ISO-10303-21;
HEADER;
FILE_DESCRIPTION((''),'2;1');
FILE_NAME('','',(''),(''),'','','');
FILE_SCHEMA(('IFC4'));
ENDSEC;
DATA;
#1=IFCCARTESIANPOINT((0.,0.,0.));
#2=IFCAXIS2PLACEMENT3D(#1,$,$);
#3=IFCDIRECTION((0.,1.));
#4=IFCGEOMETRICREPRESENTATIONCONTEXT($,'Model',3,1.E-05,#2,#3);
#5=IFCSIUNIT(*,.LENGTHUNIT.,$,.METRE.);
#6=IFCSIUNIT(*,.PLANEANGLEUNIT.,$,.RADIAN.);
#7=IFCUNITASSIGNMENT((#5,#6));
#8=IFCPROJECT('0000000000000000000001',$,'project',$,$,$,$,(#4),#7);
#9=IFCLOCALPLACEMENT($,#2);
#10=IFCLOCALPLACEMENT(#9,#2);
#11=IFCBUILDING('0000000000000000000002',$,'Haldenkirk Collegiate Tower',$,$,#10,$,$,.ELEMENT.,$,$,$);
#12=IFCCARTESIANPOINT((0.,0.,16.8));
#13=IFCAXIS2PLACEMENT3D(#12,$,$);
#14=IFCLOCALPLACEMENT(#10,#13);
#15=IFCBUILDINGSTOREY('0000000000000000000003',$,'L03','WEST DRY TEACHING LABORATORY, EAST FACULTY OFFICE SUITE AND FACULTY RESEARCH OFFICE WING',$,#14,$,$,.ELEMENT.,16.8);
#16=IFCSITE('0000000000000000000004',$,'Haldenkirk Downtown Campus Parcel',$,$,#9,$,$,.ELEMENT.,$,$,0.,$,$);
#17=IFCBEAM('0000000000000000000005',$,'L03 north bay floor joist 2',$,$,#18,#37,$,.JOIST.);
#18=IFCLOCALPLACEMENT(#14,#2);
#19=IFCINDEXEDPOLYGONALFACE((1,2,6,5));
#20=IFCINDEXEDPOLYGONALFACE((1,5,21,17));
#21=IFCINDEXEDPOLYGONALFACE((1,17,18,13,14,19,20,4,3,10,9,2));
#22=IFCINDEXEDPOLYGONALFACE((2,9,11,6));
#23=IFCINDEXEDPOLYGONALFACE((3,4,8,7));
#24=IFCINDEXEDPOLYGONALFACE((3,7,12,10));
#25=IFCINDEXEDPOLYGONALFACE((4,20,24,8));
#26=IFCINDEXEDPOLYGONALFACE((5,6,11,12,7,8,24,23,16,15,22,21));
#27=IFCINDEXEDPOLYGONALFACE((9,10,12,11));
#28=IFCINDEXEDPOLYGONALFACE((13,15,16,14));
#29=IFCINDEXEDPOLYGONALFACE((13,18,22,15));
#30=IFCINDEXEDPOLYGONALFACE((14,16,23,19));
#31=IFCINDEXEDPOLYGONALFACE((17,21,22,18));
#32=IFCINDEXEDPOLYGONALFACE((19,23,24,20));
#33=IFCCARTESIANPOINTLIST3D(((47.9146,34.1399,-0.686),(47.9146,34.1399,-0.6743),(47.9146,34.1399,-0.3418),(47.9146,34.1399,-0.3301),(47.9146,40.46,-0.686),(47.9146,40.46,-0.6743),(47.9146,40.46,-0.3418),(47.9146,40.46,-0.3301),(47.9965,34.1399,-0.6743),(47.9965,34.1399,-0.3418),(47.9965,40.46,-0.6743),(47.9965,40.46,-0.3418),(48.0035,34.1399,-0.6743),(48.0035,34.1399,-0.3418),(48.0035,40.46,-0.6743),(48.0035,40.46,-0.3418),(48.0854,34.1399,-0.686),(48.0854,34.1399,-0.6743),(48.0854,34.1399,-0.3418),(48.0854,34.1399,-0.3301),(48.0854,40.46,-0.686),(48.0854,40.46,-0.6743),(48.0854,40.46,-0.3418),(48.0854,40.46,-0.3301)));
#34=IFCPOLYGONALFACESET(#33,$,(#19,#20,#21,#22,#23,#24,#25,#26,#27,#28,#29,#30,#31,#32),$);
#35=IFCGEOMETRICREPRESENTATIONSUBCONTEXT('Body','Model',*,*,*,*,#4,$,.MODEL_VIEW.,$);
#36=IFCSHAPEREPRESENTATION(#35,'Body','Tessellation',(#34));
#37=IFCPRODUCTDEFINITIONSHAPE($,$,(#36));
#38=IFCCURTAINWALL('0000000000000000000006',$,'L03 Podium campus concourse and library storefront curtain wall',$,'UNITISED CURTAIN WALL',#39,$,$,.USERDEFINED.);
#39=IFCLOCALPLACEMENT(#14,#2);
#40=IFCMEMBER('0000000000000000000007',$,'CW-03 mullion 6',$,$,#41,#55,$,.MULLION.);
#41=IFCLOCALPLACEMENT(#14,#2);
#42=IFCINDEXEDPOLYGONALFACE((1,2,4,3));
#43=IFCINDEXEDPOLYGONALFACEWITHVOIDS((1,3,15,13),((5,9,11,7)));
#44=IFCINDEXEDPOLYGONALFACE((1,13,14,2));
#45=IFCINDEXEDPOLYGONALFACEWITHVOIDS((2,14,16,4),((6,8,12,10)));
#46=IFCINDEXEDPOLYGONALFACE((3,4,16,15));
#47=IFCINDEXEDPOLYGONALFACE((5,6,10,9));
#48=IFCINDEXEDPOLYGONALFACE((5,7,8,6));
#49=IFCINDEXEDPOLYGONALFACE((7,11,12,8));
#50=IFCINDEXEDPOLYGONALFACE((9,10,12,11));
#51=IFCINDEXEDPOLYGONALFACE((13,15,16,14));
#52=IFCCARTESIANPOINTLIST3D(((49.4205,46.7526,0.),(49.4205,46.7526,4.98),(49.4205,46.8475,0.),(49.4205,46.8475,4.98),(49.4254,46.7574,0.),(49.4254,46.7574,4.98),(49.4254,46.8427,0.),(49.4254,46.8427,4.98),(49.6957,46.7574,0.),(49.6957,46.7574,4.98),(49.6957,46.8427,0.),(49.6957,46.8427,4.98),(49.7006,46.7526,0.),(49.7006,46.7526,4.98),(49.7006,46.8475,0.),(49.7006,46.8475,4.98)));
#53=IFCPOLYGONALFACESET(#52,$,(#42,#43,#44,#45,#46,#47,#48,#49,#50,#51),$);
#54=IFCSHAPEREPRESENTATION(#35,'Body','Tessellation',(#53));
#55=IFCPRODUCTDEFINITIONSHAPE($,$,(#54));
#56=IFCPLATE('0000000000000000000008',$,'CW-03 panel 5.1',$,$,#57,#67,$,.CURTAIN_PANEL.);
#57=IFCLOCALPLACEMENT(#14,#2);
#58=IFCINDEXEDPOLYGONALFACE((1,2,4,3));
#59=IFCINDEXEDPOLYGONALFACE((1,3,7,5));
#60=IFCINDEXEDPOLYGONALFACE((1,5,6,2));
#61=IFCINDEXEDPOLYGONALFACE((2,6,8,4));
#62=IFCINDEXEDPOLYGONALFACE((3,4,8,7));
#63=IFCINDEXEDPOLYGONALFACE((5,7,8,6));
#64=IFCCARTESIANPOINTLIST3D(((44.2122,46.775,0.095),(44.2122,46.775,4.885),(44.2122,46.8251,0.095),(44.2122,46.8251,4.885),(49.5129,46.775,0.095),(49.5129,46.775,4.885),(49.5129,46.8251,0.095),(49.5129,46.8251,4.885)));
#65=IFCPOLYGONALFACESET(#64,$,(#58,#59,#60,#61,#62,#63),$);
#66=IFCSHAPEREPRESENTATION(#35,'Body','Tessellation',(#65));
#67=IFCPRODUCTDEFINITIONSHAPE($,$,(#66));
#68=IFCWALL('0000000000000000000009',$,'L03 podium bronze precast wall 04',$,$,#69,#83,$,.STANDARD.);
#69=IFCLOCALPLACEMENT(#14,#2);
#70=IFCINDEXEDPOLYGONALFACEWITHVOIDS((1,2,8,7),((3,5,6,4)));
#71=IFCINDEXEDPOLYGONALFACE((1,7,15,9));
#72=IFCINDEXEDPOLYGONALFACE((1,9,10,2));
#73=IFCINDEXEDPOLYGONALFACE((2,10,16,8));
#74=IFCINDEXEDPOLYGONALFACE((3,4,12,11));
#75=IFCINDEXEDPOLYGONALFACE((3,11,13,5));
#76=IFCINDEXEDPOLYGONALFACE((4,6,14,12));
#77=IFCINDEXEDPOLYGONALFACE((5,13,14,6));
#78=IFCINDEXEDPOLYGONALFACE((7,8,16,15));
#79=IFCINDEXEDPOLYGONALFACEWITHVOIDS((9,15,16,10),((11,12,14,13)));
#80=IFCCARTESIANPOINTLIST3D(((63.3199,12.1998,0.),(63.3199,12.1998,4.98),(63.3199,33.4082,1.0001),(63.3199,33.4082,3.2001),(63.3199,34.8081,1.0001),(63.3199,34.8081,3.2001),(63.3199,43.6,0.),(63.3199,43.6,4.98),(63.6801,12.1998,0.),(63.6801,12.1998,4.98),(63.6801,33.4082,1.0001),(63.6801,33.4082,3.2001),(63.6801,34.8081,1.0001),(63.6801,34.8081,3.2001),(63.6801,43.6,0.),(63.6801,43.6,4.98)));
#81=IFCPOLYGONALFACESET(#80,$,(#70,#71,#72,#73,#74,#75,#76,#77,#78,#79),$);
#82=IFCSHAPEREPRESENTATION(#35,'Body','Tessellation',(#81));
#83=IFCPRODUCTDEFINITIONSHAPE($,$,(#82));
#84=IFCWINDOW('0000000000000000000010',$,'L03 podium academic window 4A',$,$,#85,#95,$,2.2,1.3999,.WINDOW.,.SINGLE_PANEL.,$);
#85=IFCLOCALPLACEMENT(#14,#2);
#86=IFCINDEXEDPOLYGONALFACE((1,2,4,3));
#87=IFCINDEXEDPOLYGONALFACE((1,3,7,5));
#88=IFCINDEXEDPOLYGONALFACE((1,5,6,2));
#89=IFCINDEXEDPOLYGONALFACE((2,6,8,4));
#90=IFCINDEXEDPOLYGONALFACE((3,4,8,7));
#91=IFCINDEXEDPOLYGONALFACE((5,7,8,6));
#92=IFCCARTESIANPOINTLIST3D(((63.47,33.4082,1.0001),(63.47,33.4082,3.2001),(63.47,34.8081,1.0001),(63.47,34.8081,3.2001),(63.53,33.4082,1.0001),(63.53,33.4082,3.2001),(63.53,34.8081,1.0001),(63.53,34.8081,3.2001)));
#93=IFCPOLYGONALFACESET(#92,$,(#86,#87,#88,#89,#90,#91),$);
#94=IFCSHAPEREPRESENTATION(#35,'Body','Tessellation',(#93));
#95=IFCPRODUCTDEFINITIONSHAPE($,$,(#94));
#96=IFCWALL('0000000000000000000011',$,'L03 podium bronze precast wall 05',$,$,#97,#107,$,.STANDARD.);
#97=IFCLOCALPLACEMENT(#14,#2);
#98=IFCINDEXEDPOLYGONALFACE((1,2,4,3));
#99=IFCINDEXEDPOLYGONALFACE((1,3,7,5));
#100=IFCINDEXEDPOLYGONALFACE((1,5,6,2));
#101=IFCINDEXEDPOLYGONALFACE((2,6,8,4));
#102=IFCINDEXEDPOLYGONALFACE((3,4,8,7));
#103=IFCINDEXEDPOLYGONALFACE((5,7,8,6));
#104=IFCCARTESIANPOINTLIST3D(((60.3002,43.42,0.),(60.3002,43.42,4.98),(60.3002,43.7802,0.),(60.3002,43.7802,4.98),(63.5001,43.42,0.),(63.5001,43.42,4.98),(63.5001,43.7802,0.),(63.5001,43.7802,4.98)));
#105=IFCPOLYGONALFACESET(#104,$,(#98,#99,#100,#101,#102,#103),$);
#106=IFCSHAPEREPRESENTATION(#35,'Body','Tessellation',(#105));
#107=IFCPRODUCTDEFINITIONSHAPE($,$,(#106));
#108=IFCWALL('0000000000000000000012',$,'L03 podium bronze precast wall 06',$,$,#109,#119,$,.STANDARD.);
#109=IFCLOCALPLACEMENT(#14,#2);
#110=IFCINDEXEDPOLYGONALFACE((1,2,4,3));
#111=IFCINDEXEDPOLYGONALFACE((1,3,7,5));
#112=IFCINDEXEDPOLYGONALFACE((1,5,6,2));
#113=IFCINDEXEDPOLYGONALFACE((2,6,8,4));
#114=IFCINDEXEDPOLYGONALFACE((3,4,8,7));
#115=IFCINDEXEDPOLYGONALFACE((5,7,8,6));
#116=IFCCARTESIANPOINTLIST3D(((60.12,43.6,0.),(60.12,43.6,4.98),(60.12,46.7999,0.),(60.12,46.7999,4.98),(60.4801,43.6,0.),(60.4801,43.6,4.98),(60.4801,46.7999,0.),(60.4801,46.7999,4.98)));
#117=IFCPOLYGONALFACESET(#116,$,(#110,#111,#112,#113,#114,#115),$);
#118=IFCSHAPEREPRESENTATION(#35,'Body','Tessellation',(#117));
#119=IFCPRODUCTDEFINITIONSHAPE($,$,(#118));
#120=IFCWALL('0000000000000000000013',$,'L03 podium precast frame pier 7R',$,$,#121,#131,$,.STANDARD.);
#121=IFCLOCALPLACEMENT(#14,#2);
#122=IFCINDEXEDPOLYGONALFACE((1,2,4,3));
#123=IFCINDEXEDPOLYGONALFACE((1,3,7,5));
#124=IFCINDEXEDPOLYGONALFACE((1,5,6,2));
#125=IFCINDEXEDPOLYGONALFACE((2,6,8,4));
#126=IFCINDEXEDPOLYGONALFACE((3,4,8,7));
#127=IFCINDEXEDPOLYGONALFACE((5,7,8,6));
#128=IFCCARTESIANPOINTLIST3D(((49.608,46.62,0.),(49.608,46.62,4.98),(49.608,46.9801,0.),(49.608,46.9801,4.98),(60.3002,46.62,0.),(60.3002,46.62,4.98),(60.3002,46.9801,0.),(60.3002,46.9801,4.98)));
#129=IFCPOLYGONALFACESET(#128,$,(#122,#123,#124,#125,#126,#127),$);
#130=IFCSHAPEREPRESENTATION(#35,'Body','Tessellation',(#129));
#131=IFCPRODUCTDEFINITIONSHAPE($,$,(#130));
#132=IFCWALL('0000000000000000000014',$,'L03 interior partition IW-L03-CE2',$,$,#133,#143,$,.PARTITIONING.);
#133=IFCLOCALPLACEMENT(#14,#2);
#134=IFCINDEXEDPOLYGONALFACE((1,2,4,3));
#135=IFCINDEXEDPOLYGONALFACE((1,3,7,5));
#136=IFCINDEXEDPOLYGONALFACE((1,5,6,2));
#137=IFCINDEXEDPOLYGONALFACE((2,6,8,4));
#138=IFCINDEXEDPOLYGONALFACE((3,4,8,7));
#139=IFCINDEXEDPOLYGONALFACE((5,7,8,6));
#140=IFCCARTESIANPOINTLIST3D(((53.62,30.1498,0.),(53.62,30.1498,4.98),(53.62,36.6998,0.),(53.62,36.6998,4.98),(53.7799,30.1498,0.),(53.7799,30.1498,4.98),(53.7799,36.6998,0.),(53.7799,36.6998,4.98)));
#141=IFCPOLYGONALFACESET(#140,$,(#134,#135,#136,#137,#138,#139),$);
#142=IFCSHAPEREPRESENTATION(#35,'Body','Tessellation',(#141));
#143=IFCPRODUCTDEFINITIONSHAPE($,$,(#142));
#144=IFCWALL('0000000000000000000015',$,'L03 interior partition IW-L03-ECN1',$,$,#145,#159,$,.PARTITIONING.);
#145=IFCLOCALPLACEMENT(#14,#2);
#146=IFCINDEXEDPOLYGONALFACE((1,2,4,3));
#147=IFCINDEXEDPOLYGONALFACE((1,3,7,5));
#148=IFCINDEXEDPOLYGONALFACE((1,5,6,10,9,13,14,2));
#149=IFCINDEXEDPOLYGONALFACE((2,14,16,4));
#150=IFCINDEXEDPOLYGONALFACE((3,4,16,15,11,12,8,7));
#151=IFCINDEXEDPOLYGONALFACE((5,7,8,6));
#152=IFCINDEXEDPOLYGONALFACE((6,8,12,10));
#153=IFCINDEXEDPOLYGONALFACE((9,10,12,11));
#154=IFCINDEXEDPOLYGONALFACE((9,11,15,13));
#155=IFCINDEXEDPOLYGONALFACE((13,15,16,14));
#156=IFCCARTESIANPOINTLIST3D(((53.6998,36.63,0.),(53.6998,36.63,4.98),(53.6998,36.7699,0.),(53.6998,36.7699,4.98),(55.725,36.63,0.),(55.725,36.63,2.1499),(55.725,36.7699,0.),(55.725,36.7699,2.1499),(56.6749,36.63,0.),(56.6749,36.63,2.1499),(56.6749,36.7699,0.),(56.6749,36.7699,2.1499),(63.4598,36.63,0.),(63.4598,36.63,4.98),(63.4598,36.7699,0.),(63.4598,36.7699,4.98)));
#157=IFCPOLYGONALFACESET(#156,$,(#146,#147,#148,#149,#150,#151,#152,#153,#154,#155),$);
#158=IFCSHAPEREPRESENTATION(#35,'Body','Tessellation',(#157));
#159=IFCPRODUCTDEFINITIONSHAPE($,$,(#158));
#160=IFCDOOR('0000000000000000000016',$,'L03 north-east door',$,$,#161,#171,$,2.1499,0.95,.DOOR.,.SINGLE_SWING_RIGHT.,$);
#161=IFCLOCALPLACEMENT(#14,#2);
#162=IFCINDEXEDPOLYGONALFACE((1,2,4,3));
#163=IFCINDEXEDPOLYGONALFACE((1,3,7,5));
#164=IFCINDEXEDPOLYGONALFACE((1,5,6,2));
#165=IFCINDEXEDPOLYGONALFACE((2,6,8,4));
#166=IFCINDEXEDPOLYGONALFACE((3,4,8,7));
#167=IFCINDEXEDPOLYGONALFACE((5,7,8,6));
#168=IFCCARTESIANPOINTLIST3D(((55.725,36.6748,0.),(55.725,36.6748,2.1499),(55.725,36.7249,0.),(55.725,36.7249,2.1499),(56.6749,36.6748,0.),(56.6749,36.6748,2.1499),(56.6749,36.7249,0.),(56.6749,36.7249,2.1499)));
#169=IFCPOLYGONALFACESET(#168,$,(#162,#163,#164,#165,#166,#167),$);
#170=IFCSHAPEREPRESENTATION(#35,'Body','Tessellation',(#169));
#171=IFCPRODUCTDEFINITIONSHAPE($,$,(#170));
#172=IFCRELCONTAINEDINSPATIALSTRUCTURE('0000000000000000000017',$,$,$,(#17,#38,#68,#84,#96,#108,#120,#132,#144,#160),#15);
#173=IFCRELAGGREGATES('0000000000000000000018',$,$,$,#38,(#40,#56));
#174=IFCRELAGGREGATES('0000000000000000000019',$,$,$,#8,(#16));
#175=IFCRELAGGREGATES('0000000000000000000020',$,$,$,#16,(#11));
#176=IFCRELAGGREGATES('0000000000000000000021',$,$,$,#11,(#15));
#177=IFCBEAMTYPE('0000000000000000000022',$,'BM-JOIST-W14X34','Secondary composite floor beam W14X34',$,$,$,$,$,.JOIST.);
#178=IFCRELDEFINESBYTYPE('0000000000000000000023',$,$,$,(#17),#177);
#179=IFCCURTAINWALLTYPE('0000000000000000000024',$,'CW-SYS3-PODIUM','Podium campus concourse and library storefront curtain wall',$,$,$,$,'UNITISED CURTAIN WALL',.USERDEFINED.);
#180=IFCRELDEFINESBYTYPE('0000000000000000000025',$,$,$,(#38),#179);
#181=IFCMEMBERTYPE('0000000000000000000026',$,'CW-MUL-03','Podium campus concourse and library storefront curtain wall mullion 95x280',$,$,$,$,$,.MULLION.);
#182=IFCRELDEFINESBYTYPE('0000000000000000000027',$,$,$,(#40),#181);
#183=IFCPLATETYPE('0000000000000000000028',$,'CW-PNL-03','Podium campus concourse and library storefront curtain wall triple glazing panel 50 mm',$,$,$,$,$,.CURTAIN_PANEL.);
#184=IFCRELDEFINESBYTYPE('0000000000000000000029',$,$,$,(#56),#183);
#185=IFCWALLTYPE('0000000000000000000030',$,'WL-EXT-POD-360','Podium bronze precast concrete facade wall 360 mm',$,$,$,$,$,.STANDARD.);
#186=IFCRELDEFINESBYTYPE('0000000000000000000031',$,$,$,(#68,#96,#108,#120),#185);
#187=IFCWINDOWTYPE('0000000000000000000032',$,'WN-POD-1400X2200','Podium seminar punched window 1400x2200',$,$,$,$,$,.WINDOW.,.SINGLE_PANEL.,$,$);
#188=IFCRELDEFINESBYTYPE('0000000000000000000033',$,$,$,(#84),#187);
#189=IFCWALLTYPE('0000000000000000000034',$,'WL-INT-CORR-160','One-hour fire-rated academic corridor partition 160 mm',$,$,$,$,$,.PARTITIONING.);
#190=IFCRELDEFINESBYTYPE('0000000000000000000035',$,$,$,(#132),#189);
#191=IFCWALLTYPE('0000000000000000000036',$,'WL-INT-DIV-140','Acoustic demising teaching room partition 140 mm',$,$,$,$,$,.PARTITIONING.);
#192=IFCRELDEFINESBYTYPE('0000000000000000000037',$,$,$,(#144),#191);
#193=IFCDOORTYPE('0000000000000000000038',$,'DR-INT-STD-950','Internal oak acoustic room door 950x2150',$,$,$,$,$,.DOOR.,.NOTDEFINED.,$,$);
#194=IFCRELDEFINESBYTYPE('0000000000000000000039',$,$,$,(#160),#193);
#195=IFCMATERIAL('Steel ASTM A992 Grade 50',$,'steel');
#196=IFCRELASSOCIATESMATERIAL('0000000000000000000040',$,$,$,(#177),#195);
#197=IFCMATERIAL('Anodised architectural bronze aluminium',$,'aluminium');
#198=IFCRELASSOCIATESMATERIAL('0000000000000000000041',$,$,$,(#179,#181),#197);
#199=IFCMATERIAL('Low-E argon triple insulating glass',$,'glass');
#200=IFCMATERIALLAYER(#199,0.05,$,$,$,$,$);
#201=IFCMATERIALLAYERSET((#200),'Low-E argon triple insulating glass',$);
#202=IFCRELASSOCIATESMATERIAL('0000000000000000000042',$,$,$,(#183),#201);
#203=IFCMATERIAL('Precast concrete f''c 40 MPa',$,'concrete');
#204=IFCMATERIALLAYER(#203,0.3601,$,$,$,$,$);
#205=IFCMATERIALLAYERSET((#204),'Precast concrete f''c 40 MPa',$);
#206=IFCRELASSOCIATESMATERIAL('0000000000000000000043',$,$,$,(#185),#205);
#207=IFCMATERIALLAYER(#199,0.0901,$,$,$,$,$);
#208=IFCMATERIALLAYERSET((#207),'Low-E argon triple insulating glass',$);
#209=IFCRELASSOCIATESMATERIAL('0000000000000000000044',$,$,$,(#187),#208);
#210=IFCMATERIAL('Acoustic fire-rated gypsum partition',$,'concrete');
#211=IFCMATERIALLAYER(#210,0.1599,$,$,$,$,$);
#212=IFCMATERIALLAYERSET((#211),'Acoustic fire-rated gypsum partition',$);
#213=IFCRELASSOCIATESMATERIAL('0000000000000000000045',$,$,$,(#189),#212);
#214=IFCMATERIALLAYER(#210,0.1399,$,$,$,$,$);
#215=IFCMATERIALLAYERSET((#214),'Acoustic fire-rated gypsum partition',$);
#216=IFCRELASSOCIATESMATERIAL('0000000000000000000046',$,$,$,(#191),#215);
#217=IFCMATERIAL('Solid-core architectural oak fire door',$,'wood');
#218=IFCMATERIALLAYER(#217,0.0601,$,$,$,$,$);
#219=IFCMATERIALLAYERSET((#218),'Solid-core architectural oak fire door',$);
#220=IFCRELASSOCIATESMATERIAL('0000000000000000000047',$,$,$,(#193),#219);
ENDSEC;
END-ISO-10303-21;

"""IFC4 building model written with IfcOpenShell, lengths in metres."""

from ifc_helpers import new_model, si_unit, direction, frame, frame_2d, origin, origin_2d, place, context, subcontext, project, spatial, rectangle, hollow_rectangle, i_section, extrude, source, transform, mapped, material, layer, layer_set, material_profile, profile_set, type_object, element, fill, aggregate, save


model = new_model("IFC4")

# Units and contexts
model_context = context("Model", 3, precision=1e-05, world=origin(), true_north=direction((0.0, 1.0)))
body_context = subcontext(model_context, "Body", "Model", "MODEL_VIEW")
ifc_project = project(units=[si_unit("LENGTHUNIT", "METRE"), si_unit("PLANEANGLEUNIT", "RADIAN")], contexts=[model_context])

# Site, building, storey
site_placement = place(None, origin())
site = spatial("IfcSite", under=ifc_project, at=site_placement, Name="Haldenkirk Downtown Campus Parcel", CompositionType="ELEMENT", RefElevation=0.0)
building_placement = place(site_placement, origin())
building = spatial("IfcBuilding", under=site, at=building_placement, Name="Haldenkirk Collegiate Tower", CompositionType="ELEMENT")
storey_placement = place(building_placement, frame((0.0, 0.0, 16.8)))
storey = spatial("IfcBuildingStorey", under=building, at=storey_placement, Name="L03", Description="WEST DRY TEACHING LABORATORY, EAST FACULTY OFFICE SUITE AND FACULTY RESEARCH OFFICE WING", CompositionType="ELEMENT", Elevation=16.8)

# Beam
ifc_material_1 = material(Name="Steel ASTM A992 Grade 50", Category="steel")
ifc_material_profile_1 = material_profile(ifc_material_1, i_section(OverallWidth=0.1709, OverallDepth=0.356, WebThickness=0.0071, FlangeThickness=0.0117, at=origin_2d()), Name="W14X34")
ifc_profile_set_1 = profile_set([ifc_material_profile_1], Name="Steel ASTM A992 Grade 50")
beam_type_1 = type_object("IfcBeamType", Name="BM-JOIST-W14X34", Description="Secondary composite floor beam W14X34", PredefinedType="JOIST", material=ifc_profile_set_1)
beam_1_placement = place(storey_placement, frame((48.0, 34.1399, -0.5081), z_axis=(0.0, 1.0, 0.0), x_axis=(-1.0, 0.0, 0.0)))
element("IfcBeam", 1, at=beam_1_placement, inside=storey, type_object=beam_type_1, Name="L03 north bay floor joist 2", PredefinedType="JOIST", context=body_context, shape_type="SweptSolid", body=[
    extrude(i_section(OverallWidth=0.1709, OverallDepth=0.356, WebThickness=0.0071, FlangeThickness=0.0117, at=origin_2d()), origin(), (0.0, 0.0, 1.0), 6.3201),
])

# Curtain wall, member, plate
ifc_material_2 = material(Name="Anodised architectural bronze aluminium", Category="aluminium")
curtain_wall_type = type_object("IfcCurtainWallType", Name="CW-SYS3-PODIUM", Description="Podium campus concourse and library storefront curtain wall", ElementType="UNITISED CURTAIN WALL", PredefinedType="USERDEFINED", material=ifc_material_2)
curtain_wall_placement = place(storey_placement, origin())
curtain_wall = element("IfcCurtainWall", 2, at=curtain_wall_placement, inside=storey, type_object=curtain_wall_type, Name="L03 Podium campus concourse and library storefront curtain wall", ObjectType="UNITISED CURTAIN WALL", PredefinedType="USERDEFINED")
ifc_material_profile_2 = material_profile(ifc_material_2, hollow_rectangle(XDim=0.095, YDim=0.28, WallThickness=0.0049, at=origin_2d()), Name="CW-MUL-03")
ifc_profile_set_2 = profile_set([ifc_material_profile_2], Name="Anodised architectural bronze aluminium")
member_type = type_object("IfcMemberType", Name="CW-MUL-03", Description="Podium campus concourse and library storefront curtain wall mullion 95x280", PredefinedType="MULLION", material=ifc_profile_set_2)
member_placement = place(storey_placement, frame((49.5605, 46.8, 0.0), z_axis=(0.0, 0.0, 1.0), x_axis=(0.0, 1.0, 0.0)))
member = element("IfcMember", 3, at=member_placement, type_object=member_type, Name="CW-03 mullion 6", PredefinedType="MULLION", context=body_context, shape_type="SweptSolid", body=[
    extrude(hollow_rectangle(XDim=0.095, YDim=0.28, WallThickness=0.0049, at=origin_2d()), origin(), (0.0, 0.0, 1.0), 4.98),
])
ifc_material_3 = material(Name="Low-E argon triple insulating glass", Category="glass")
ifc_layer_1 = layer(ifc_material_3, 0.05)
ifc_layer_set_1 = layer_set([ifc_layer_1], Name="Low-E argon triple insulating glass")
plate_type = type_object("IfcPlateType", Name="CW-PNL-03", Description="Podium campus concourse and library storefront curtain wall triple glazing panel 50 mm", PredefinedType="CURTAIN_PANEL", material=ifc_layer_set_1)
shared_shape_1 = source(origin(), body_context, "Body", "SweptSolid", [
    extrude(rectangle(XDim=5.3008, YDim=0.05, at=origin_2d()), origin(), (0.0, 0.0, 1.0), 4.79),
])
plate_placement = place(storey_placement, frame((46.8625, 46.8, 0.095), z_axis=(0.0, 0.0, 1.0), x_axis=(1.0, 0.0, 0.0)))
plate = element("IfcPlate", 4, at=plate_placement, type_object=plate_type, Name="CW-03 panel 5.1", PredefinedType="CURTAIN_PANEL", context=body_context, shape_type="MappedRepresentation", body=[
    mapped(shared_shape_1, transform((0.0, 0.0, 0.0), x_axis=(1.0, 0.0, 0.0), y_axis=(0.0, 1.0, 0.0), z_axis=(0.0, 0.0, 1.0), scale=1.0)),
])
aggregate(curtain_wall, [member, plate])

# Wall, opening, window
ifc_material_4 = material(Name="Precast concrete f'c 40 MPa", Category="concrete")
ifc_layer_2 = layer(ifc_material_4, 0.3601)
ifc_layer_set_2 = layer_set([ifc_layer_2], Name="Precast concrete f'c 40 MPa")
wall_type_1 = type_object("IfcWallType", Name="WL-EXT-POD-360", Description="Podium bronze precast concrete facade wall 360 mm", PredefinedType="STANDARD", material=ifc_layer_set_2)
wall_1_placement = place(storey_placement, frame((63.5, 43.6001, 0.0), z_axis=(0.0, 0.0, 1.0), x_axis=(0.0, -1.0, 0.0)))
wall_1 = element("IfcWall", 5, at=wall_1_placement, inside=storey, type_object=wall_type_1, Name="L03 podium bronze precast wall 04", PredefinedType="STANDARD", context=body_context, shape_type="SweptSolid", body=[
    extrude(rectangle(XDim=31.4001, YDim=0.3601, at=frame_2d((15.7002, 0.0))), origin(), (0.0, 0.0, 1.0), 4.98),
])
opening_1_placement = place(wall_1_placement, frame((8.792, 0.0, 1.0)))
opening_1 = element("IfcOpeningElement", 6, at=opening_1_placement, cuts=wall_1, PredefinedType="OPENING", context=body_context, shape_type="SweptSolid", body=[
    extrude(rectangle(XDim=1.3999, YDim=2.2, at=frame_2d((0.7, 1.1001))), frame((0.0, 0.1899, 0.0), z_axis=(0.0, -1.0, 0.0), x_axis=(1.0, 0.0, 0.0)), (0.0, 0.0, 1.0), 0.3801),
])
ifc_layer_3 = layer(ifc_material_3, 0.0901)
ifc_layer_set_3 = layer_set([ifc_layer_3], Name="Low-E argon triple insulating glass")
window_type = type_object("IfcWindowType", Name="WN-POD-1400X2200", Description="Podium seminar punched window 1400x2200", PartitioningType="SINGLE_PANEL", PredefinedType="WINDOW", material=ifc_layer_set_3)
window_placement = place(opening_1_placement, origin())
window = element("IfcWindow", 7, at=window_placement, inside=storey, type_object=window_type, Name="L03 podium academic window 4A", OverallHeight=2.2, OverallWidth=1.3999, PartitioningType="SINGLE_PANEL", PredefinedType="WINDOW", context=body_context, shape_type="SweptSolid", body=[
    extrude(rectangle(XDim=1.3999, YDim=2.2, at=frame_2d((0.7, 1.1001))), frame((0.0, 0.03, 0.0), z_axis=(0.0, -1.0, 0.0), x_axis=(1.0, 0.0, 0.0)), (0.0, 0.0, 1.0), 0.0601),
])
fill(opening_1, window)

# Walls
for number, where, z_axis, x_axis, name in (
    (8, (60.3, 43.6001, 0.0), (0.0, 0.0, 1.0), (1.0, 0.0, 0.0), "L03 podium bronze precast wall 05"),
    (9, (60.3, 46.8, 0.0), (0.0, 0.0, 1.0), (0.0, -1.0, 0.0), "L03 podium bronze precast wall 06"),
):
    element("IfcWall", number, at=place(storey_placement, frame(where, z_axis=z_axis, x_axis=x_axis)), inside=storey, type_object=wall_type_1, Name=name, PredefinedType="STANDARD", context=body_context, shape_type="SweptSolid", body=[
        extrude(rectangle(XDim=3.2, YDim=0.3601, at=frame_2d((1.6001, 0.0))), origin(), (0.0, 0.0, 1.0), 4.98),
    ])
wall_2_placement = place(storey_placement, frame((49.6079, 46.8, 0.0), z_axis=(0.0, 0.0, 1.0), x_axis=(1.0, 0.0, 0.0)))
element("IfcWall", 10, at=wall_2_placement, inside=storey, type_object=wall_type_1, Name="L03 podium precast frame pier 7R", PredefinedType="STANDARD", context=body_context, shape_type="SweptSolid", body=[
    extrude(rectangle(XDim=10.6921, YDim=0.3601, at=frame_2d((5.3462, 0.0))), origin(), (0.0, 0.0, 1.0), 4.98),
])
ifc_material_5 = material(Name="Acoustic fire-rated gypsum partition", Category="concrete")
ifc_layer_4 = layer(ifc_material_5, 0.1599)
ifc_layer_set_4 = layer_set([ifc_layer_4], Name="Acoustic fire-rated gypsum partition")
wall_type_2 = type_object("IfcWallType", Name="WL-INT-CORR-160", Description="One-hour fire-rated academic corridor partition 160 mm", PredefinedType="PARTITIONING", material=ifc_layer_set_4)
wall_3_placement = place(storey_placement, frame((53.7, 30.1499, 0.0), z_axis=(0.0, 0.0, 1.0), x_axis=(0.0, 1.0, 0.0)))
element("IfcWall", 11, at=wall_3_placement, inside=storey, type_object=wall_type_2, Name="L03 interior partition IW-L03-CE2", PredefinedType="PARTITIONING", context=body_context, shape_type="SweptSolid", body=[
    extrude(rectangle(XDim=6.55, YDim=0.1599, at=frame_2d((3.2749, 0.0))), origin(), (0.0, 0.0, 1.0), 4.98),
])

# Wall, opening, door
ifc_layer_5 = layer(ifc_material_5, 0.1399)
ifc_layer_set_5 = layer_set([ifc_layer_5], Name="Acoustic fire-rated gypsum partition")
wall_type_3 = type_object("IfcWallType", Name="WL-INT-DIV-140", Description="Acoustic demising teaching room partition 140 mm", PredefinedType="PARTITIONING", material=ifc_layer_set_5)
wall_4_placement = place(storey_placement, frame((53.7, 36.7, 0.0), z_axis=(0.0, 0.0, 1.0), x_axis=(1.0, 0.0, 0.0)))
wall_4 = element("IfcWall", 12, at=wall_4_placement, inside=storey, type_object=wall_type_3, Name="L03 interior partition IW-L03-ECN1", PredefinedType="PARTITIONING", context=body_context, shape_type="SweptSolid", body=[
    extrude(rectangle(XDim=9.76, YDim=0.1399, at=frame_2d((4.8799, 0.0))), origin(), (0.0, 0.0, 1.0), 4.98),
])
opening_2_placement = place(wall_4_placement, frame((2.0249, 0.0, 0.0)))
opening_2 = element("IfcOpeningElement", 13, at=opening_2_placement, cuts=wall_4, PredefinedType="OPENING", context=body_context, shape_type="SweptSolid", body=[
    extrude(rectangle(XDim=0.95, YDim=2.1499, at=frame_2d((0.4751, 1.075))), frame((0.0, 0.0798, 0.0), z_axis=(0.0, -1.0, 0.0), x_axis=(1.0, 0.0, 0.0)), (0.0, 0.0, 1.0), 0.1599),
])
ifc_material_6 = material(Name="Solid-core architectural oak fire door", Category="wood")
ifc_layer_6 = layer(ifc_material_6, 0.0601)
ifc_layer_set_6 = layer_set([ifc_layer_6], Name="Solid-core architectural oak fire door")
door_type = type_object("IfcDoorType", Name="DR-INT-STD-950", Description="Internal oak acoustic room door 950x2150", OperationType="NOTDEFINED", PredefinedType="DOOR", material=ifc_layer_set_6)
door_1_placement = place(opening_2_placement, origin())
door_1 = element("IfcDoor", 14, at=door_1_placement, inside=storey, type_object=door_type, Name="L03 north-east door", OperationType="SINGLE_SWING_RIGHT", OverallHeight=2.1499, OverallWidth=0.95, PredefinedType="DOOR", context=body_context, shape_type="SweptSolid", body=[
    extrude(rectangle(XDim=0.95, YDim=2.1499, at=frame_2d((0.4751, 1.075))), frame((0.0, 0.0249, 0.0), z_axis=(0.0, -1.0, 0.0), x_axis=(1.0, 0.0, 0.0)), (0.0, 0.0, 1.0), 0.05),
])
fill(opening_2, door_1)

save(model, "model.ifc")
